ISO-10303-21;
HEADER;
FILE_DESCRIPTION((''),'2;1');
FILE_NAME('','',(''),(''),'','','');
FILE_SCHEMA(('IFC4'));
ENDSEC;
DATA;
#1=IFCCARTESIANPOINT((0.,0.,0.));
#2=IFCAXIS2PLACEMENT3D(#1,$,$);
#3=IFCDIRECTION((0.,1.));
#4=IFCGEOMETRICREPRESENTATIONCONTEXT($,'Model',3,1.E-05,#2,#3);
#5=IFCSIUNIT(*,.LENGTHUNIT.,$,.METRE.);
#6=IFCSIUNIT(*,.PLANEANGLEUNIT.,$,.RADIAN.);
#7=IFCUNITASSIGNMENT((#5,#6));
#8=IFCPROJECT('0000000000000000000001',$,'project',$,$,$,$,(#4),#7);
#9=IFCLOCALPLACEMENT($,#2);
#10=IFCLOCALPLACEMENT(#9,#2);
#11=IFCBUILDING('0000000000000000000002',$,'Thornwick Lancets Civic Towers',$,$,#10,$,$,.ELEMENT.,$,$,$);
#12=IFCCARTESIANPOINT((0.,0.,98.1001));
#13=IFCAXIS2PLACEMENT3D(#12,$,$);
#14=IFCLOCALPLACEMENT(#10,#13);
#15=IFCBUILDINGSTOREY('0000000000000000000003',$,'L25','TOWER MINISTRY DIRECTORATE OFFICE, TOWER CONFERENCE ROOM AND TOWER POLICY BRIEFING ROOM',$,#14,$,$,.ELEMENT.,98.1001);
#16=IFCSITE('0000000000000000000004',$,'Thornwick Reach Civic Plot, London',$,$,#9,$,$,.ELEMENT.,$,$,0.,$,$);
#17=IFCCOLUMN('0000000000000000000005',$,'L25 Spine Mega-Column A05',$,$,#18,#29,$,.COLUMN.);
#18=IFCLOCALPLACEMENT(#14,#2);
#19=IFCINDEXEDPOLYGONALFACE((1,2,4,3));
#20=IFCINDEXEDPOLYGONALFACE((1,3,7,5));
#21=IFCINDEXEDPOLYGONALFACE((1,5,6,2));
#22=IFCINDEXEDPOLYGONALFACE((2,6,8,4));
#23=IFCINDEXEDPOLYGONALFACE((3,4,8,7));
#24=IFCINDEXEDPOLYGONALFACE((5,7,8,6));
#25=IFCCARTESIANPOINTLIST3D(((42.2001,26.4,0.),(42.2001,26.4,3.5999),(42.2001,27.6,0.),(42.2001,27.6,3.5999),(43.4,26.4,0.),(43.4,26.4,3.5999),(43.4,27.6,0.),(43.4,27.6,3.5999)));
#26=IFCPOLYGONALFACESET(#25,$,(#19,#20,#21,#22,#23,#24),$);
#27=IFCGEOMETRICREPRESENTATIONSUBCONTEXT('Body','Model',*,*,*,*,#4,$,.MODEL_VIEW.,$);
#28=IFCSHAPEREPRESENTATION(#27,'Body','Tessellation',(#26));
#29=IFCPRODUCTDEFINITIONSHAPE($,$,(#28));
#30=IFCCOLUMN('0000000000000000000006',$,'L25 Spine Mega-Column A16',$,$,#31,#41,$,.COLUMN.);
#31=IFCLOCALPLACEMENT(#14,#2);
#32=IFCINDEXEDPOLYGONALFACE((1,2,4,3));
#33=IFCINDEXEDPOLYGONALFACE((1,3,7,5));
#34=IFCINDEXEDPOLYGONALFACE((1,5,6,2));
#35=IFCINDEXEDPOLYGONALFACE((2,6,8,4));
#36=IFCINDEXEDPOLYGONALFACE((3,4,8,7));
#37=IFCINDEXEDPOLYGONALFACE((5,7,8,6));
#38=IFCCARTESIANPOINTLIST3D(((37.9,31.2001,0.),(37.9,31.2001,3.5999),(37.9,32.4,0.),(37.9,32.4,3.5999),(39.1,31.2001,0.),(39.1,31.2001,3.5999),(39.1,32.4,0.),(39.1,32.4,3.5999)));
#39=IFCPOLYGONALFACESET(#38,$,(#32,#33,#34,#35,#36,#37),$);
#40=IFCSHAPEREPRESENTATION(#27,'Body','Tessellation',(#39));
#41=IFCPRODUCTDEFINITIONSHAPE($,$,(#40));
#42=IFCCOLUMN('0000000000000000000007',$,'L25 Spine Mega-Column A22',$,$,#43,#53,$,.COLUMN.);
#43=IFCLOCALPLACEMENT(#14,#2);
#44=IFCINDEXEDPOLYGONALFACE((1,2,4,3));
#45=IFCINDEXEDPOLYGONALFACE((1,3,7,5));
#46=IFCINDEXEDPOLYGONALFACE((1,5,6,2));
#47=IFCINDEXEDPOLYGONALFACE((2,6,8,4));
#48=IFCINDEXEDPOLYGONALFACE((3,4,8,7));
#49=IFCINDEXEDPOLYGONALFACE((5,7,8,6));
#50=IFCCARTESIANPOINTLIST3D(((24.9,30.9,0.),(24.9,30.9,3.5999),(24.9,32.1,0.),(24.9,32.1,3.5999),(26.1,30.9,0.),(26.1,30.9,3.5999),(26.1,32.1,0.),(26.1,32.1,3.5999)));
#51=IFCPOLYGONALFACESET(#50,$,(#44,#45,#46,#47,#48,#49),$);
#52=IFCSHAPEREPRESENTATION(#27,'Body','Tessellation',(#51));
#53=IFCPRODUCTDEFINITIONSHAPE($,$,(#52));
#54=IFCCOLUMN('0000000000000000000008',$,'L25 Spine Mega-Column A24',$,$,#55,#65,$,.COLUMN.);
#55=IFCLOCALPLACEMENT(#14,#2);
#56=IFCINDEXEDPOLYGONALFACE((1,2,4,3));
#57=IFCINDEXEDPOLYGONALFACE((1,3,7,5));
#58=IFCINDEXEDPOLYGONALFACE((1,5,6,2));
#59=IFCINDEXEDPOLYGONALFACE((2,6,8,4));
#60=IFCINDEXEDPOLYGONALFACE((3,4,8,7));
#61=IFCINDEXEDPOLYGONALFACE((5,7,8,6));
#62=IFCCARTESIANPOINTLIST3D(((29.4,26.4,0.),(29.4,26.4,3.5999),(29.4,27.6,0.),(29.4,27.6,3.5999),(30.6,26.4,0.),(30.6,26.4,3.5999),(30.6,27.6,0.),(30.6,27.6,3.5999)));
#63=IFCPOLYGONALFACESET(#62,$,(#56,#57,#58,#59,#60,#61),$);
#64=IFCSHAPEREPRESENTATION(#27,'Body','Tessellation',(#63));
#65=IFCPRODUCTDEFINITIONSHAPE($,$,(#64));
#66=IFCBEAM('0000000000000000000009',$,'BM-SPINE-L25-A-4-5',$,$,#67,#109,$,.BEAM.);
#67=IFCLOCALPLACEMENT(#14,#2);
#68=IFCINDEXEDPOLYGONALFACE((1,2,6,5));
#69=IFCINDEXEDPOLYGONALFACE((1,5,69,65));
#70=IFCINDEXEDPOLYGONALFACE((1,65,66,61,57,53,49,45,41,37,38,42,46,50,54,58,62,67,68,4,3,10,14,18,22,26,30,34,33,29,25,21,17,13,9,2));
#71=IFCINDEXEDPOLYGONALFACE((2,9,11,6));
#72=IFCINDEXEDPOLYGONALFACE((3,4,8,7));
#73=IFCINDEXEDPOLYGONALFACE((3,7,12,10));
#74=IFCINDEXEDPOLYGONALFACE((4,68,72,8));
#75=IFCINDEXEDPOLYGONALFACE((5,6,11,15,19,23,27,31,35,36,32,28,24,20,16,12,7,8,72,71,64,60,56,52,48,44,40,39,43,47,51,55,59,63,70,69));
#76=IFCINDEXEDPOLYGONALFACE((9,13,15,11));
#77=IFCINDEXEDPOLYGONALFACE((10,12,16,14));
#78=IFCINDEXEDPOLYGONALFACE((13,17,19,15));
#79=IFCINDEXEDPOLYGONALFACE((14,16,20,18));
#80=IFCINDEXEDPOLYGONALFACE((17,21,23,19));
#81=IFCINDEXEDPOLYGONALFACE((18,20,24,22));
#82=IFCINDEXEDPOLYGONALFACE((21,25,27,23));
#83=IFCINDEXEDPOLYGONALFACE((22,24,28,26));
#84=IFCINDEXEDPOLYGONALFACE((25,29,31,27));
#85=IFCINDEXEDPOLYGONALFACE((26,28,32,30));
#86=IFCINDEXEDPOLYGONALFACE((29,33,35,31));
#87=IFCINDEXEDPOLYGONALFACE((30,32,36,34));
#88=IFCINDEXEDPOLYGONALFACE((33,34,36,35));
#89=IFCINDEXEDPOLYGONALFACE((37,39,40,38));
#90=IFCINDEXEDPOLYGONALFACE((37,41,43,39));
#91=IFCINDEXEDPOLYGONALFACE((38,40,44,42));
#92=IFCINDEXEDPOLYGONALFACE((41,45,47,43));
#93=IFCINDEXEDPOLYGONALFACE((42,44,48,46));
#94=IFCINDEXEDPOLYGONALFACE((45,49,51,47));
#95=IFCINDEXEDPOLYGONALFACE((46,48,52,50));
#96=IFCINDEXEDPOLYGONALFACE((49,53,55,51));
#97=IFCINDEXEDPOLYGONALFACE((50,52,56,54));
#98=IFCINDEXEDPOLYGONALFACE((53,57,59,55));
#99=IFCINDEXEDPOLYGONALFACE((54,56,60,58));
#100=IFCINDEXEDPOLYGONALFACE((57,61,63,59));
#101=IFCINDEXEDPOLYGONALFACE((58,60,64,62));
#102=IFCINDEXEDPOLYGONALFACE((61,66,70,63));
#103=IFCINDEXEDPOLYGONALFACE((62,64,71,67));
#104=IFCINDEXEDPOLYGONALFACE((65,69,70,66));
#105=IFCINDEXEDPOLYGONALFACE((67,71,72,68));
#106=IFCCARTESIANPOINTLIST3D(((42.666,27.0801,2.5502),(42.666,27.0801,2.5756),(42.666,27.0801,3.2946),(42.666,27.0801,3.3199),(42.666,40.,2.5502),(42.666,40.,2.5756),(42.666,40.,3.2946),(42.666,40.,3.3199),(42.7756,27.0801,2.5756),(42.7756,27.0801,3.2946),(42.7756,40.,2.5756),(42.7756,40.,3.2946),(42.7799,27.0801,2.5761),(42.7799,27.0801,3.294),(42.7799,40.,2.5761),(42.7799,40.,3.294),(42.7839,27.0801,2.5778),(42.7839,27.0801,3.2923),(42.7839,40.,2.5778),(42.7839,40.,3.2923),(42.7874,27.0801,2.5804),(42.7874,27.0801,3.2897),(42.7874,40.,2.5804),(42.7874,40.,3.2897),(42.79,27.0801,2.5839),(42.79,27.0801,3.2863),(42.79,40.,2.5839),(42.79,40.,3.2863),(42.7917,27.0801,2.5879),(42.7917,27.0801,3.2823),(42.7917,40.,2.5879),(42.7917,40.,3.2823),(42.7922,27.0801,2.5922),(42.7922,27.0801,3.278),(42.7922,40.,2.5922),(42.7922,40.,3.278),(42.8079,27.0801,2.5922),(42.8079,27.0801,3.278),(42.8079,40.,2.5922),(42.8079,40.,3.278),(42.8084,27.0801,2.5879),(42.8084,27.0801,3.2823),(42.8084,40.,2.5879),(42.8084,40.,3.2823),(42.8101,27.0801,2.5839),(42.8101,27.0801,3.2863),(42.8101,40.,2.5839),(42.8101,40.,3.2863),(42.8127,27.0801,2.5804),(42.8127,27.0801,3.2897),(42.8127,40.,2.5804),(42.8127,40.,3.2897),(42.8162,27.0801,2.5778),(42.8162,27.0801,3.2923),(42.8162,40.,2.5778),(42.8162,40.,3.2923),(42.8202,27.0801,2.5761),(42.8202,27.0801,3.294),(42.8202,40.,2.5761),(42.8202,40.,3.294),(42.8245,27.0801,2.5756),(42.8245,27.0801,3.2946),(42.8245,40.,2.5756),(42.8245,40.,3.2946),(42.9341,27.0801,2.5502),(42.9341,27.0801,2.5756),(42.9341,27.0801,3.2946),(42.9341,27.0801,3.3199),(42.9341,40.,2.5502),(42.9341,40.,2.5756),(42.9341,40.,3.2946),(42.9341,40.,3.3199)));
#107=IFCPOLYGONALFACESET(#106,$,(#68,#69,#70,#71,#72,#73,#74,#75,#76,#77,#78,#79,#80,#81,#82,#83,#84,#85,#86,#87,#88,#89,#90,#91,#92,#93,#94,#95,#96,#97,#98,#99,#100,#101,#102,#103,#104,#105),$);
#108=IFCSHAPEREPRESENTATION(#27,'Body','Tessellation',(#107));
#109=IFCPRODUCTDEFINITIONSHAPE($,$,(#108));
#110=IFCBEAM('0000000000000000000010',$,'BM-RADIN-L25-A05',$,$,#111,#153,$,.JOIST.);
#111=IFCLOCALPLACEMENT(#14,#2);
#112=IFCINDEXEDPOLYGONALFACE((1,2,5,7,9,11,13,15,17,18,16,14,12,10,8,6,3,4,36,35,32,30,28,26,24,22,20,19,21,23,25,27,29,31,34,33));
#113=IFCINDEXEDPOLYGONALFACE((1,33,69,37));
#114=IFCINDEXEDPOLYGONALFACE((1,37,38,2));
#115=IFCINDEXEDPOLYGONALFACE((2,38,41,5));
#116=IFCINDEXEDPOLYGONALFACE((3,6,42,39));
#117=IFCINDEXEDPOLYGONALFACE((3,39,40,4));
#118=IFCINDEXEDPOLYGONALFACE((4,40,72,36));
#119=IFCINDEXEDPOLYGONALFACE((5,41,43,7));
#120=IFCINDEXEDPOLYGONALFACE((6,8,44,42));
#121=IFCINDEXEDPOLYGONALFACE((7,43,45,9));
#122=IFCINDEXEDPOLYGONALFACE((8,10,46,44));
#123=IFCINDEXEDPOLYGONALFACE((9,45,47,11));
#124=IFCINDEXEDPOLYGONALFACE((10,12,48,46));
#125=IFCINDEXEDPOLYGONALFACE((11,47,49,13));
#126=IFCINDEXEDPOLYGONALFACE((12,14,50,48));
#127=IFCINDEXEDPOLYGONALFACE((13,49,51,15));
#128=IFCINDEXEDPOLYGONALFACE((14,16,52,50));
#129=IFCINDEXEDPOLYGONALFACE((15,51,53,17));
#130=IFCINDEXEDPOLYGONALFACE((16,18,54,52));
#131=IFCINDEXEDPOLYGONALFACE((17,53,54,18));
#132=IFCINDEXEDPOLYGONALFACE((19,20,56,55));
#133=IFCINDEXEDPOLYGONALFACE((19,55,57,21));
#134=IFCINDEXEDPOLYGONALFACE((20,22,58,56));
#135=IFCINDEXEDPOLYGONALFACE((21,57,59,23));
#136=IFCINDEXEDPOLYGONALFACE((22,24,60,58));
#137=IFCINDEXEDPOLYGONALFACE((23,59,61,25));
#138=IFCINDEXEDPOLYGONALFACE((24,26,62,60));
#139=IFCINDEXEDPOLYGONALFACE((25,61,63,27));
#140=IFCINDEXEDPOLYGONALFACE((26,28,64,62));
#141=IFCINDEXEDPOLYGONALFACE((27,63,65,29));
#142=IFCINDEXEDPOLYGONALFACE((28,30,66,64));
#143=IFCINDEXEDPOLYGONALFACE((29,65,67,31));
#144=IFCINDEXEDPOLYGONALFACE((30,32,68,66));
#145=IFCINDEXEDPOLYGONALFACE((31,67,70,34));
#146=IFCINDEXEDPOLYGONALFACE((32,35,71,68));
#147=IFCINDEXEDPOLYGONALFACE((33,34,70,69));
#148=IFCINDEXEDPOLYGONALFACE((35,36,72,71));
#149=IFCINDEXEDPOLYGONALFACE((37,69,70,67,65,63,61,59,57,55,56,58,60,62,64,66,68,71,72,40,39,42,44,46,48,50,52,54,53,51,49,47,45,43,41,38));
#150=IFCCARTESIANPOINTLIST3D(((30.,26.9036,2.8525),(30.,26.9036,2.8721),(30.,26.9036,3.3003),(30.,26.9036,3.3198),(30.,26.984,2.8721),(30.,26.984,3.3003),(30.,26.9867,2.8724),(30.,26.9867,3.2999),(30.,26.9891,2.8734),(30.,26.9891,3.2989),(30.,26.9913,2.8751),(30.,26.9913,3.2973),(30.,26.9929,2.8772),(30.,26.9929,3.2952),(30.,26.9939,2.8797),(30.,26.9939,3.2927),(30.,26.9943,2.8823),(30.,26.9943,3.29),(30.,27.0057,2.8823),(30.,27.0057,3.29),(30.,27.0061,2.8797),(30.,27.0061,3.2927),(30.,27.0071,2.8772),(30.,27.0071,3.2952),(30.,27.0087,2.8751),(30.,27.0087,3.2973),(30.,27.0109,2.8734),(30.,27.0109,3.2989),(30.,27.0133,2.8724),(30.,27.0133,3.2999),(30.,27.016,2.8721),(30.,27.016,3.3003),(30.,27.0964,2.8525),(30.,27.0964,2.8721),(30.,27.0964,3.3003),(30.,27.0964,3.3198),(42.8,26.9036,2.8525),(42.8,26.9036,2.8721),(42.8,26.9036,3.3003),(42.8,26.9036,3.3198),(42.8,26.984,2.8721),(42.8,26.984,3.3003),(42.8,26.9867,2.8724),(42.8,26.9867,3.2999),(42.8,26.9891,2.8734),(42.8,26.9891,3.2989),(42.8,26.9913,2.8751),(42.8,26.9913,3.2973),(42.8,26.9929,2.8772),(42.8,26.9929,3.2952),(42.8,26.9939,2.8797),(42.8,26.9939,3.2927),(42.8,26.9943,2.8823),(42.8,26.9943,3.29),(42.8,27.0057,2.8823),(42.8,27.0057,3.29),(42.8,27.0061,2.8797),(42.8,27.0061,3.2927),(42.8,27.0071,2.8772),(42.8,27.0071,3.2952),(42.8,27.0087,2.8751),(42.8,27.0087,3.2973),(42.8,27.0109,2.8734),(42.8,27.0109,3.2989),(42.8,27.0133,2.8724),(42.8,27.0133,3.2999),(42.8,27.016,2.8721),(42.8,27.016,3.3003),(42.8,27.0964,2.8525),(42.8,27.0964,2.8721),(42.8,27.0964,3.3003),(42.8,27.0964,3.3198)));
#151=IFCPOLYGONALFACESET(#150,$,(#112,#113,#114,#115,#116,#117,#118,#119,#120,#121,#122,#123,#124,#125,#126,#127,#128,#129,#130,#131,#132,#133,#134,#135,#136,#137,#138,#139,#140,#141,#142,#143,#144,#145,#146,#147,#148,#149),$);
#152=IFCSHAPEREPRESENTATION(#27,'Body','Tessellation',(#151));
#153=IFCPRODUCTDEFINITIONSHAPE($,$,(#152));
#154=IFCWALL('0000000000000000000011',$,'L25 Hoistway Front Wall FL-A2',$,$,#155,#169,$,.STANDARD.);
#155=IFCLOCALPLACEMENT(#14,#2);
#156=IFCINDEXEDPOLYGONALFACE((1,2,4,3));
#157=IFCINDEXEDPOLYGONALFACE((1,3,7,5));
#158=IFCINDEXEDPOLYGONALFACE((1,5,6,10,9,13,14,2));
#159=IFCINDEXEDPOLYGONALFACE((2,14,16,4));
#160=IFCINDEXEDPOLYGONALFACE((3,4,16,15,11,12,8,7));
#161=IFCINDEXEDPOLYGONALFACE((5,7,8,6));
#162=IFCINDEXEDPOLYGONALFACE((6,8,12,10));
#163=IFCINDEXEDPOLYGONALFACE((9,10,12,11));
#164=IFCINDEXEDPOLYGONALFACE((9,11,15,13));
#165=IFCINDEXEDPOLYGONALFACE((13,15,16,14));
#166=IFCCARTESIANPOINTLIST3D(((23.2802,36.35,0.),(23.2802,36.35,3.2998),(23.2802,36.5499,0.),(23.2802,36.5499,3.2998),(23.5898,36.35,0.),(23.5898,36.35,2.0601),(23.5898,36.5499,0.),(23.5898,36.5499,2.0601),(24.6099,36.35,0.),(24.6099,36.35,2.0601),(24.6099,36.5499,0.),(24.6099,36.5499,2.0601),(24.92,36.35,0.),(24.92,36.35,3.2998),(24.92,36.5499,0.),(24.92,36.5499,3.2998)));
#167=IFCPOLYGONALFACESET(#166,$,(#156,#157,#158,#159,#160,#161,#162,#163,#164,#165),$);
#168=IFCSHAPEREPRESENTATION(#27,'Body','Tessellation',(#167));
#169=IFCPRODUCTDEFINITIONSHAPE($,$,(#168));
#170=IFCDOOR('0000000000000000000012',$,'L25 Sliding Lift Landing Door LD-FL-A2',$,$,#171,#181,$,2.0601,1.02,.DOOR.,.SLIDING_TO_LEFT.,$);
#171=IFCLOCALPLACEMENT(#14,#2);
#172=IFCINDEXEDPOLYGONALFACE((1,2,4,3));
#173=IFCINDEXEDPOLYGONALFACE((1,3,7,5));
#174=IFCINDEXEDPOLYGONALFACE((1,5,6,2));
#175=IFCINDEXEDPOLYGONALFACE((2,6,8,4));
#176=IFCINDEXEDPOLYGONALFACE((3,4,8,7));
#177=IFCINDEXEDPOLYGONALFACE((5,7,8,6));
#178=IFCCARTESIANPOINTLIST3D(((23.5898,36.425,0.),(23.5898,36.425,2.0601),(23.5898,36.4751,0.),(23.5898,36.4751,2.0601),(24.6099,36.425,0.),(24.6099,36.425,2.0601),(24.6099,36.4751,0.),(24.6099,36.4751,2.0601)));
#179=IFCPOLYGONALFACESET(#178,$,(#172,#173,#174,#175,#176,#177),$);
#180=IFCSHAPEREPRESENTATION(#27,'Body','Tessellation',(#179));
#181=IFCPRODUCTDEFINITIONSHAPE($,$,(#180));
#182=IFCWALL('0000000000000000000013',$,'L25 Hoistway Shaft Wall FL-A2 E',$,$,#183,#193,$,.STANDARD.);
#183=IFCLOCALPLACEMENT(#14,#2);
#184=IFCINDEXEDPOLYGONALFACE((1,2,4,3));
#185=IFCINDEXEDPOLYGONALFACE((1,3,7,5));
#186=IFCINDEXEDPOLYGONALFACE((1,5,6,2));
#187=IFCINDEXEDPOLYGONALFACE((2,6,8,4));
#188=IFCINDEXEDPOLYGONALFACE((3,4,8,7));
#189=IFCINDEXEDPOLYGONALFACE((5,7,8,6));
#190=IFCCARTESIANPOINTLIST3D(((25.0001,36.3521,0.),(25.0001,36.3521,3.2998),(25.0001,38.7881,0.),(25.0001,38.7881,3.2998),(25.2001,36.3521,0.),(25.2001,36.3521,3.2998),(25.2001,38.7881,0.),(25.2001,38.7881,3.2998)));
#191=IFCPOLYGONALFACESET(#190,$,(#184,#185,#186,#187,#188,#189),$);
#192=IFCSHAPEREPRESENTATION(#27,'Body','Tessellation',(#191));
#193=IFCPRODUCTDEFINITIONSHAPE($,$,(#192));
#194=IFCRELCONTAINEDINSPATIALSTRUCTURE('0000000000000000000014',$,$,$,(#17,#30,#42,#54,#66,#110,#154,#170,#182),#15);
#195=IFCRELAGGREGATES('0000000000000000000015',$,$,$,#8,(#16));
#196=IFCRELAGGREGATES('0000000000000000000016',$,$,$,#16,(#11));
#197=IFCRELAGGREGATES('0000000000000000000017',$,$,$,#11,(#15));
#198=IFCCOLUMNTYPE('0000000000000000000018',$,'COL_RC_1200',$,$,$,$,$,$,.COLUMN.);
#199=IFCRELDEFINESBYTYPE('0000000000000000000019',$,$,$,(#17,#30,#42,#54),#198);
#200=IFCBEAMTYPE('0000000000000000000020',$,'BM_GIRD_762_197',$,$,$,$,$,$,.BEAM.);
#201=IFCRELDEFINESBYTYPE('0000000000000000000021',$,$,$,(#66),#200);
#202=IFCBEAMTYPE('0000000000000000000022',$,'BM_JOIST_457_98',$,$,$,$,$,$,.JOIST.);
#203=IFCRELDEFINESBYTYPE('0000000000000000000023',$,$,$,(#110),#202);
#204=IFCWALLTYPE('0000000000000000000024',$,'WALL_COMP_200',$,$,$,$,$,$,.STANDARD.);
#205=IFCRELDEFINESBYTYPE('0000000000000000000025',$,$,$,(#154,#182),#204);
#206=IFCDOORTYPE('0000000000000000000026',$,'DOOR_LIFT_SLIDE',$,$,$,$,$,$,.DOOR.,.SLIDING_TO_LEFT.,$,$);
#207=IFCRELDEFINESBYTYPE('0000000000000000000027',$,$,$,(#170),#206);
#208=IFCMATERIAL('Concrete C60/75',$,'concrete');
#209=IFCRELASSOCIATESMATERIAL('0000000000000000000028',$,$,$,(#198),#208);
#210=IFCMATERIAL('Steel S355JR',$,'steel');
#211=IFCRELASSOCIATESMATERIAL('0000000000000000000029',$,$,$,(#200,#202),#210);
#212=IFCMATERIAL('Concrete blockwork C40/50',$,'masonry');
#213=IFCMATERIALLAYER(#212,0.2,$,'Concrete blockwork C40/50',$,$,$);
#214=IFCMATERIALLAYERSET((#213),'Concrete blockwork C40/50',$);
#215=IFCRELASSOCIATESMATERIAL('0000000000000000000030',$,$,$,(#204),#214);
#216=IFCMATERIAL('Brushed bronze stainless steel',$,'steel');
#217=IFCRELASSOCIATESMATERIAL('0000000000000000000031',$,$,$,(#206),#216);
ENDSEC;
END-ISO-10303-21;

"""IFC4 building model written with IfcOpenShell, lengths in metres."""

from ifc_helpers import new_model, si_unit, direction, frame, frame_2d, origin, origin_2d, place, context, subcontext, project, spatial, rectangle, i_section, extrude, material, layer, layer_set, material_profile, profile_set, type_object, element, fill, save


model = new_model("IFC4")

# Units and contexts
model_context = context("Model", 3, precision=1e-05, world=origin(), true_north=direction((0.0, 1.0)))
body_context = subcontext(model_context, "Body", "Model", "MODEL_VIEW")
ifc_project = project(units=[si_unit("LENGTHUNIT", "METRE"), si_unit("PLANEANGLEUNIT", "RADIAN")], contexts=[model_context])

# Site, building, storey
site_placement = place(None, origin())
site = spatial("IfcSite", under=ifc_project, at=site_placement, Name="Thornwick Reach Civic Plot, London", CompositionType="ELEMENT", RefElevation=0.0)
building_placement = place(site_placement, origin())
building = spatial("IfcBuilding", under=site, at=building_placement, Name="Thornwick Lancets Civic Towers", CompositionType="ELEMENT")
storey_placement = place(building_placement, frame((0.0, 0.0, 98.1001)))
storey = spatial("IfcBuildingStorey", under=building, at=storey_placement, Name="L25", Description="TOWER MINISTRY DIRECTORATE OFFICE, TOWER CONFERENCE ROOM AND TOWER POLICY BRIEFING ROOM", CompositionType="ELEMENT", Elevation=98.1001)

# Columns
ifc_material_1 = material(Name="Concrete C60/75", Category="concrete")
ifc_material_profile_1 = material_profile(ifc_material_1, rectangle(XDim=1.2, YDim=1.2, at=origin_2d()), Name="RC 1200x1200")
ifc_profile_set_1 = profile_set([ifc_material_profile_1], Name="Concrete C60/75")
column_type = type_object("IfcColumnType", Name="COL_RC_1200", PredefinedType="COLUMN", material=ifc_profile_set_1)
for number, where, z_axis, x_axis, name in (
    (1, (42.8, 27.0, 0.0), (0.0, 0.0, 1.0), (1.0, 0.0, 0.0), "L25 Spine Mega-Column A05"),
    (2, (38.5, 31.8, 0.0), (0.0, 0.0, 1.0), (1.0, 0.0, 0.0), "L25 Spine Mega-Column A16"),
    (3, (25.5, 31.5, 0.0), (0.0, 0.0, 1.0), (1.0, 0.0, 0.0), "L25 Spine Mega-Column A22"),
    (4, (30.0, 27.0, 0.0), (0.0, 0.0, 1.0), (1.0, 0.0, 0.0), "L25 Spine Mega-Column A24"),
):
    element("IfcColumn", number, at=place(storey_placement, frame(where, z_axis=z_axis, x_axis=x_axis)), inside=storey, type_object=column_type, Name=name, PredefinedType="COLUMN", context=body_context, shape_type="SweptSolid", body=[
        extrude(rectangle(XDim=1.2, YDim=1.2, at=origin_2d()), origin(), (0.0, 0.0, 1.0), 3.5999),
    ])

# Beams
ifc_material_2 = material(Name="Steel S355JR", Category="steel")
ifc_material_profile_2 = material_profile(ifc_material_2, i_section(OverallWidth=0.2681, OverallDepth=0.7698, WebThickness=0.0156, FlangeThickness=0.0254, FilletRadius=0.0166, at=origin_2d()), Name="UKB 762x267x197")
ifc_profile_set_2 = profile_set([ifc_material_profile_2], Name="Steel S355JR")
beam_type_1 = type_object("IfcBeamType", Name="BM_GIRD_762_197", PredefinedType="BEAM", material=ifc_profile_set_2)
beam_1_placement = place(storey_placement, frame((42.8, 27.0801, 2.9351), z_axis=(0.0, 1.0, 0.0), x_axis=(-1.0, 0.0, 0.0)))
element("IfcBeam", 5, at=beam_1_placement, inside=storey, type_object=beam_type_1, Name="BM-SPINE-L25-A-4-5", PredefinedType="BEAM", context=body_context, shape_type="SweptSolid", body=[
    extrude(i_section(OverallWidth=0.2681, OverallDepth=0.7698, WebThickness=0.0156, FlangeThickness=0.0254, FilletRadius=0.0166, at=origin_2d()), origin(), (0.0, 0.0, 1.0), 12.9199),
])
ifc_material_profile_3 = material_profile(ifc_material_2, i_section(OverallWidth=0.1929, OverallDepth=0.4673, WebThickness=0.0115, FlangeThickness=0.0195, FilletRadius=0.0103, at=origin_2d()), Name="UKB 457x191x98")
ifc_profile_set_3 = profile_set([ifc_material_profile_3], Name="Steel S355JR")
beam_type_2 = type_object("IfcBeamType", Name="BM_JOIST_457_98", PredefinedType="JOIST", material=ifc_profile_set_3)
beam_2_placement = place(storey_placement, frame((30.0, 27.0, 3.0862), z_axis=(1.0, 0.0, 0.0), x_axis=(0.0, 1.0, 0.0)))
element("IfcBeam", 6, at=beam_2_placement, inside=storey, type_object=beam_type_2, Name="BM-RADIN-L25-A05", PredefinedType="JOIST", context=body_context, shape_type="SweptSolid", body=[
    extrude(i_section(OverallWidth=0.1929, OverallDepth=0.4673, WebThickness=0.0115, FlangeThickness=0.0195, FilletRadius=0.0103, at=origin_2d()), origin(), (0.0, 0.0, 1.0), 12.8),
])

# Wall, opening, door
ifc_material_3 = material(Name="Concrete blockwork C40/50", Category="masonry")
ifc_layer_1 = layer(ifc_material_3, 0.2, Name="Concrete blockwork C40/50")
ifc_layer_set_1 = layer_set([ifc_layer_1], Name="Concrete blockwork C40/50")
wall_type_1 = type_object("IfcWallType", Name="WALL_COMP_200", PredefinedType="STANDARD", material=ifc_layer_set_1)
wall_1_placement = place(storey_placement, frame((24.9199, 36.45, 0.0), z_axis=(0.0, 0.0, 1.0), x_axis=(-1.0, 0.0, 0.0)))
wall_1 = element("IfcWall", 7, at=wall_1_placement, inside=storey, type_object=wall_type_1, Name="L25 Hoistway Front Wall FL-A2", PredefinedType="STANDARD", context=body_context, shape_type="SweptSolid", body=[
    extrude(rectangle(XDim=1.6399, YDim=0.2, at=frame_2d((0.8198, 0.0))), origin(), (0.0, 0.0, 1.0), 3.2998),
])
opening_1_placement = place(wall_1_placement, frame((0.3101, 0.0, 0.0)))
opening_1 = element("IfcOpeningElement", 8, at=opening_1_placement, cuts=wall_1, PredefinedType="OPENING", context=body_context, shape_type="SweptSolid", body=[
    extrude(rectangle(XDim=1.02, YDim=2.0601, at=frame_2d((0.51, 1.03))), frame((0.0, 0.1099, 0.0), z_axis=(0.0, -1.0, 0.0), x_axis=(1.0, 0.0, 0.0)), (0.0, 0.0, 1.0), 0.22),
])
ifc_material_4 = material(Name="Brushed bronze stainless steel", Category="steel")
door_type_1 = type_object("IfcDoorType", Name="DOOR_LIFT_SLIDE", OperationType="SLIDING_TO_LEFT", PredefinedType="DOOR", material=ifc_material_4)
door_1_placement = place(opening_1_placement, origin())
door_1 = element("IfcDoor", 9, at=door_1_placement, inside=storey, type_object=door_type_1, Name="L25 Sliding Lift Landing Door LD-FL-A2", OperationType="SLIDING_TO_LEFT", OverallHeight=2.0601, OverallWidth=1.02, PredefinedType="DOOR", context=body_context, shape_type="SweptSolid", body=[
    extrude(rectangle(XDim=1.02, YDim=2.0601, at=frame_2d((0.51, 1.03))), frame((0.0, 0.0249, 0.0), z_axis=(0.0, -1.0, 0.0), x_axis=(1.0, 0.0, 0.0)), (0.0, 0.0, 1.0), 0.05),
])
fill(opening_1, door_1)

# Wall
wall_2_placement = place(storey_placement, frame((25.1001, 36.3521, 0.0), z_axis=(0.0, 0.0, 1.0), x_axis=(0.0, 1.0, 0.0)))
element("IfcWall", 10, at=wall_2_placement, inside=storey, type_object=wall_type_1, Name="L25 Hoistway Shaft Wall FL-A2 E", PredefinedType="STANDARD", context=body_context, shape_type="SweptSolid", body=[
    extrude(rectangle(XDim=2.436, YDim=0.2, at=frame_2d((1.218, 0.0))), origin(), (0.0, 0.0, 1.0), 3.2998),
])

save(model, "model.ifc")
